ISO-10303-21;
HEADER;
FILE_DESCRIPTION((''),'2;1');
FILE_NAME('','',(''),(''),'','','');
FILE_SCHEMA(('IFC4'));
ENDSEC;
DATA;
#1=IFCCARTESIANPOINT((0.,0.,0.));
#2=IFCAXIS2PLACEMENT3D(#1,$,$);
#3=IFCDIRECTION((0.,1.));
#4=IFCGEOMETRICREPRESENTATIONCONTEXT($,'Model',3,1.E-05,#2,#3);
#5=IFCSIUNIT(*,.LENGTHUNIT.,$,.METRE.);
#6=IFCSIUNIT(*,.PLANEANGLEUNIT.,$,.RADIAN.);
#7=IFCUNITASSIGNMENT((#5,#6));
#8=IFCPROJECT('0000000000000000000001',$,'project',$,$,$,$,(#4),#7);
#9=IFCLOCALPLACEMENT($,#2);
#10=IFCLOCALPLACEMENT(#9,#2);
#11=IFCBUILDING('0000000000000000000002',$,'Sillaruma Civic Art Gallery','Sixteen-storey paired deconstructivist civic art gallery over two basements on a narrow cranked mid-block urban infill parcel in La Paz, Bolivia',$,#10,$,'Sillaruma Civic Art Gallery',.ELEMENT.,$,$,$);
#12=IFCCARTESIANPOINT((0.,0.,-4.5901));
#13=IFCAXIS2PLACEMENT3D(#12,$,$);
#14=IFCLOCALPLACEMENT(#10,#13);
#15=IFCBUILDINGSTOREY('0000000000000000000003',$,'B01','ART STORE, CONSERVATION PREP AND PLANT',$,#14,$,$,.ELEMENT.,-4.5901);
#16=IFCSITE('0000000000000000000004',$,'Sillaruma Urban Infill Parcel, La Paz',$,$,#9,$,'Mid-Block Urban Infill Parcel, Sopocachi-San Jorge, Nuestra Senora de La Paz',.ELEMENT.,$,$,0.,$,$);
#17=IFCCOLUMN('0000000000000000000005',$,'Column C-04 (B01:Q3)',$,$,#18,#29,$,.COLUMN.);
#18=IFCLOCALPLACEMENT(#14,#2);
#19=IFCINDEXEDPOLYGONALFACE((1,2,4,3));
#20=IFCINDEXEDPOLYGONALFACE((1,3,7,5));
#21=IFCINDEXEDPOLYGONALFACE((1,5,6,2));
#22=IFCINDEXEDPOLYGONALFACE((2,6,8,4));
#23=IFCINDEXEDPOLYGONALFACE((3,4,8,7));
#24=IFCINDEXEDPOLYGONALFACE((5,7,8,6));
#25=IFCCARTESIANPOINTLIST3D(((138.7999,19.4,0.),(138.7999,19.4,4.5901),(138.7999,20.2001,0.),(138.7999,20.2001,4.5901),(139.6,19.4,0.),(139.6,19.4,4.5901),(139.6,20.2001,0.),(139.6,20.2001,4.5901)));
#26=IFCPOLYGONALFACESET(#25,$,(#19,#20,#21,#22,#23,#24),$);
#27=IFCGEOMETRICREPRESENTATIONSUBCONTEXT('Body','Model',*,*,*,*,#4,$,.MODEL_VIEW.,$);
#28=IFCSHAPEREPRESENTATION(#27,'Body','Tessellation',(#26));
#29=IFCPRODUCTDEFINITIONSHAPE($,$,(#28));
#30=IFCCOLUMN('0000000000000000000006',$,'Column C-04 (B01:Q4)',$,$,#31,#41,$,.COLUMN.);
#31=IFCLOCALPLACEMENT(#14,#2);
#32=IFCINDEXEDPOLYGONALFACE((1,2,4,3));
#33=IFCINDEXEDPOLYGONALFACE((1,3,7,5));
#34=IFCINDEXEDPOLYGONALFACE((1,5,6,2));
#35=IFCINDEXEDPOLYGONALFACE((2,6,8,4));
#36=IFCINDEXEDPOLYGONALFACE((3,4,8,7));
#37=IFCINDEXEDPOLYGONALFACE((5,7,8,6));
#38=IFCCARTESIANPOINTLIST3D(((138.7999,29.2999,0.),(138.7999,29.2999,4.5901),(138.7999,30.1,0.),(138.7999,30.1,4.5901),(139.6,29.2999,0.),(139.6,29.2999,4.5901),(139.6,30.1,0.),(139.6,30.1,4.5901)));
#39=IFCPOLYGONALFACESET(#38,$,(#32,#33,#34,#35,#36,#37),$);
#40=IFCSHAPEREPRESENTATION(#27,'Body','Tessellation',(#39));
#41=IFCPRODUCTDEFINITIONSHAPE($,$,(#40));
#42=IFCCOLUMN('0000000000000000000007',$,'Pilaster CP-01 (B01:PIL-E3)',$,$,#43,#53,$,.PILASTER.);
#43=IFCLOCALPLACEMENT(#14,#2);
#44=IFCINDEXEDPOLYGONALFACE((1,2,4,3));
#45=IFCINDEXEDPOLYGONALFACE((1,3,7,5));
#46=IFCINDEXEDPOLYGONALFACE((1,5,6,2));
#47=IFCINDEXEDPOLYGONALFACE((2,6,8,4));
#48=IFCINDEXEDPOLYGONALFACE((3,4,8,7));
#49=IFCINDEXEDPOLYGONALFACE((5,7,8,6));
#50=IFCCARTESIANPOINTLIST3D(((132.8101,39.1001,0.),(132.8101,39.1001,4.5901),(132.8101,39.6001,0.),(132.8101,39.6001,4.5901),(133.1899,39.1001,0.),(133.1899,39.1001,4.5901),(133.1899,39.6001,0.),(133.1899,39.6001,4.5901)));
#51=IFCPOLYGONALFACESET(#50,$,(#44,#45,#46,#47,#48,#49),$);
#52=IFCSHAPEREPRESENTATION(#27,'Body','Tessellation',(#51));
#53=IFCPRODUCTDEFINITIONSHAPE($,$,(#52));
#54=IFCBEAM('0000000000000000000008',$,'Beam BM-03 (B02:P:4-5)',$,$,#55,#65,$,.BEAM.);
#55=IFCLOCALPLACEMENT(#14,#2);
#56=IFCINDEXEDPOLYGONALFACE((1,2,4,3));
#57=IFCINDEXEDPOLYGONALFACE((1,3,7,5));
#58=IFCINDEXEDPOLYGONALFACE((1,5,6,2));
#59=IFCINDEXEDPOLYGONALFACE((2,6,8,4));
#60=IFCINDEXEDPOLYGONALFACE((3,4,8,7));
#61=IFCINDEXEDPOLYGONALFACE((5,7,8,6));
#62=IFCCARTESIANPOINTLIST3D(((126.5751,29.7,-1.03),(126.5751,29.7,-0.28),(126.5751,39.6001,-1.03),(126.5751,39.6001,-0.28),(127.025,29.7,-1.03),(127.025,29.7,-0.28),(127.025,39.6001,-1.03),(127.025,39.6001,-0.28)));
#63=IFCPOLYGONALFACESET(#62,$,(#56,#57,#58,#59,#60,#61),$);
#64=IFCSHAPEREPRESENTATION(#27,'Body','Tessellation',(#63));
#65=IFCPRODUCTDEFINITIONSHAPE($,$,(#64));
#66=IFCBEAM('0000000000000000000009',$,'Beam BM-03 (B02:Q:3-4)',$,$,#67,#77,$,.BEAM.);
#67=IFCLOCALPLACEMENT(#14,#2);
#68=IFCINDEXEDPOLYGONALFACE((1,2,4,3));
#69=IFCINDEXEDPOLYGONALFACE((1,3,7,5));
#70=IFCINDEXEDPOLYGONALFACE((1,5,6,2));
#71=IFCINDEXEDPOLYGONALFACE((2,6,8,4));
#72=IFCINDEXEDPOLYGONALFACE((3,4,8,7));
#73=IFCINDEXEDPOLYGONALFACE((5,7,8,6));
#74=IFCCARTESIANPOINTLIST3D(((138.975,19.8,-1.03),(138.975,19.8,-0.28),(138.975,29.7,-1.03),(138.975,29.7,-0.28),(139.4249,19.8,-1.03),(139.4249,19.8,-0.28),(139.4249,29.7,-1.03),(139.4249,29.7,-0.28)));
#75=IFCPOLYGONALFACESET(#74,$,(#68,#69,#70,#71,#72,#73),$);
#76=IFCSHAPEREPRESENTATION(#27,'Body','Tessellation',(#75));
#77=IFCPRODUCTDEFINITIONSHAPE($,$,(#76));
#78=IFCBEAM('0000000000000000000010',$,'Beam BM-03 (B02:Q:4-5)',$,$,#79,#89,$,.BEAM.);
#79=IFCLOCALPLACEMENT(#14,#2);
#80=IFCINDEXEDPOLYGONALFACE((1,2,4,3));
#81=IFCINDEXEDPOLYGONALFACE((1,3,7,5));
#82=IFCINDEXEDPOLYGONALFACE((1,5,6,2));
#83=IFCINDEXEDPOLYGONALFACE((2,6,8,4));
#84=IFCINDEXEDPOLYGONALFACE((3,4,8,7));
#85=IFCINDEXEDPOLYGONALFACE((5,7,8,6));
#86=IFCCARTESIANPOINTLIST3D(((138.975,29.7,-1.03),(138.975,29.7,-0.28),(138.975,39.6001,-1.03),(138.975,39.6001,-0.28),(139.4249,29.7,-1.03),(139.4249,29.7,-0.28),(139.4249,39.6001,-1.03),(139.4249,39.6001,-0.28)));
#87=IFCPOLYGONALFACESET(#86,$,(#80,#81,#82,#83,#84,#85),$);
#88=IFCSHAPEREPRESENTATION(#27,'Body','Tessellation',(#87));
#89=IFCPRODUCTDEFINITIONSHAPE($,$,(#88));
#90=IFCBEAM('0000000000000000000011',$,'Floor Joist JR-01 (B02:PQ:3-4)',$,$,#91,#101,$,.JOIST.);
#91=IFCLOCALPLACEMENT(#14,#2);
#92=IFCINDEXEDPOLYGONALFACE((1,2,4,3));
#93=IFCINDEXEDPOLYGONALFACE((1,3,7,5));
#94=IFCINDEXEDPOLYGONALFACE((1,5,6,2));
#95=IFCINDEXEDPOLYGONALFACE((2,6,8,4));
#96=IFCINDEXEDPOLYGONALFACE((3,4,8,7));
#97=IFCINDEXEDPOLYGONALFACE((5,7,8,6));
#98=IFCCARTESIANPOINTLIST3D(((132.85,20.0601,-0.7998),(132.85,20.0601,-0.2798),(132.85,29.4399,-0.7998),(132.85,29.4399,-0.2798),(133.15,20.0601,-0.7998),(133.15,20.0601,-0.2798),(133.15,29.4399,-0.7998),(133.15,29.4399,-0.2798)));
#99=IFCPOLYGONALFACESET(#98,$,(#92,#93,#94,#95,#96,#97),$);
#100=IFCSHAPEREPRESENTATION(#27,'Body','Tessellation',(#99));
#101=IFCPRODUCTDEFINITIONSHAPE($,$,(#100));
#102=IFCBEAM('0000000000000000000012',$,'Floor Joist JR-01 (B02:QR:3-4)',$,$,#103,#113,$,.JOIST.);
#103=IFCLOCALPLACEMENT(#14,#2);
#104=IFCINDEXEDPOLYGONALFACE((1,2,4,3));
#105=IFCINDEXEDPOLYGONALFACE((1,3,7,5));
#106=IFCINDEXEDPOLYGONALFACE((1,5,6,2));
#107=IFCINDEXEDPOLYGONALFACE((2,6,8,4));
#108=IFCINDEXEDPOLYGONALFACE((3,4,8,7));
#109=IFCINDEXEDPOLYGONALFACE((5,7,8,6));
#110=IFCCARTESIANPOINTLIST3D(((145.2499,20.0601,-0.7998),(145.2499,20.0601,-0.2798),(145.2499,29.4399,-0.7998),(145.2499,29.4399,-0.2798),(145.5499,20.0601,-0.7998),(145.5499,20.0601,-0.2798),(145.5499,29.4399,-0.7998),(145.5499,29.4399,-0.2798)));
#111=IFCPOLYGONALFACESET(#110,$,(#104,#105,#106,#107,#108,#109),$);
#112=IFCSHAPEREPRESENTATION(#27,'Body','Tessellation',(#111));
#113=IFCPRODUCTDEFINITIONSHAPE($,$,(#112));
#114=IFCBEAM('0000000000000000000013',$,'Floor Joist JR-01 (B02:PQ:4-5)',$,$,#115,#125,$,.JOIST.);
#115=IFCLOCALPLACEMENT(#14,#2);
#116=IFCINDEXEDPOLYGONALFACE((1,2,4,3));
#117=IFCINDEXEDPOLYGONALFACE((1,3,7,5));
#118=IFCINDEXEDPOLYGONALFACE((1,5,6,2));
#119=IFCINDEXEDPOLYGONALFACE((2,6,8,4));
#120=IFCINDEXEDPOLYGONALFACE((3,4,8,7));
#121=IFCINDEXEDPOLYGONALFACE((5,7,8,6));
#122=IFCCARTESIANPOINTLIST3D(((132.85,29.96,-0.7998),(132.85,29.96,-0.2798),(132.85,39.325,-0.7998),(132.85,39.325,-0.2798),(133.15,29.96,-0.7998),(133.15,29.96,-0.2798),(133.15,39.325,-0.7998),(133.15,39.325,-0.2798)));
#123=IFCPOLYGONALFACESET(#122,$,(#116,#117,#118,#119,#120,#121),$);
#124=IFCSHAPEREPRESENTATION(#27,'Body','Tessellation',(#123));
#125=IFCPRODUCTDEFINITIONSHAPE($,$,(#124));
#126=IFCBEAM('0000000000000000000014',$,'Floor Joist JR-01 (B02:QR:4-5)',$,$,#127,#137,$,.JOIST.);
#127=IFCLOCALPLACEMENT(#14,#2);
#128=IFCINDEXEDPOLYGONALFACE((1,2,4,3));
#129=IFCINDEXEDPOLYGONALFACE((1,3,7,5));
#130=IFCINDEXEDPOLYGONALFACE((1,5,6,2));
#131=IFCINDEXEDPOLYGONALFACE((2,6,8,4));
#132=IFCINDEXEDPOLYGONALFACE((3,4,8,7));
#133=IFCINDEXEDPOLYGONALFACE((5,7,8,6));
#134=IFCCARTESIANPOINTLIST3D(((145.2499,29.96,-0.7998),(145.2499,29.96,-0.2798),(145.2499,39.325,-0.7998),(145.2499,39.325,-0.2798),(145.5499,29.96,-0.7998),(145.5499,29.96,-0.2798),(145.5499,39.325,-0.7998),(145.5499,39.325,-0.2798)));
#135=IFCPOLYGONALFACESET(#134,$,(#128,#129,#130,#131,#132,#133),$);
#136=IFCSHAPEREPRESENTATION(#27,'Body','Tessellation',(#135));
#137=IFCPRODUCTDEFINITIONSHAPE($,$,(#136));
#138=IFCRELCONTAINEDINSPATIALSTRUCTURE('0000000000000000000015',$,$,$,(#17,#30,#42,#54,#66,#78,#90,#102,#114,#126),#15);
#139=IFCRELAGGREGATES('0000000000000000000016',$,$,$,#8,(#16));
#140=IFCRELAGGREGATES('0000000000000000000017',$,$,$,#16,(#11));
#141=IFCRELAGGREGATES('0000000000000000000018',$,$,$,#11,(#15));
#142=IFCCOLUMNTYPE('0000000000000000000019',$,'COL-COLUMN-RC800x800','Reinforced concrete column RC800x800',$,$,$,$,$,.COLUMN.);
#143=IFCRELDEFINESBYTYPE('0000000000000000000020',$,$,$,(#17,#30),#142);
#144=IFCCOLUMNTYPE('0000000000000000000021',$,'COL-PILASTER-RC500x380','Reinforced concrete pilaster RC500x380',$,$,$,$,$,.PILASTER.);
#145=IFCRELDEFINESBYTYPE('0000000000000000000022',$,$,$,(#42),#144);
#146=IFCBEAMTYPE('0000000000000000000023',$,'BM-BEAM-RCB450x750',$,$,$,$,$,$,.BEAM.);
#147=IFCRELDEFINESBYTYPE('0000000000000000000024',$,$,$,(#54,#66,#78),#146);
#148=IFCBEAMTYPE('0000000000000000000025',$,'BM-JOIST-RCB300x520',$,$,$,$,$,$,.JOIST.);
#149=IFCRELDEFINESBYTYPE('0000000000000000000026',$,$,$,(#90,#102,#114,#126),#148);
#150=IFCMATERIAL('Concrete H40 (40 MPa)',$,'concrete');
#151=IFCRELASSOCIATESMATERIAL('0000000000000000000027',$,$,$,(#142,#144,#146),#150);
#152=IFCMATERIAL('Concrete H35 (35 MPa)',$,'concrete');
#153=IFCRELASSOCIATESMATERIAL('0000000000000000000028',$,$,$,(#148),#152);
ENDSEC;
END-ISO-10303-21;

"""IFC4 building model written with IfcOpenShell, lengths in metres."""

from ifc_helpers import new_model, si_unit, direction, frame, origin, origin_2d, place, context, subcontext, project, spatial, rectangle, extrude, material, material_profile, profile_set, type_object, element, save


model = new_model("IFC4")

# Units and contexts
model_context = context("Model", 3, precision=1e-05, world=origin(), true_north=direction((0.0, 1.0)))
body_context = subcontext(model_context, "Body", "Model", "MODEL_VIEW")
ifc_project = project(units=[si_unit("LENGTHUNIT", "METRE"), si_unit("PLANEANGLEUNIT", "RADIAN")], contexts=[model_context])

# Site, building, storey
site_placement = place(None, origin())
site = spatial("IfcSite", under=ifc_project, at=site_placement, Name="Sillaruma Urban Infill Parcel, La Paz", LongName="Mid-Block Urban Infill Parcel, Sopocachi-San Jorge, Nuestra Senora de La Paz", CompositionType="ELEMENT", RefElevation=0.0)
building_placement = place(site_placement, origin())
building = spatial("IfcBuilding", under=site, at=building_placement, Name="Sillaruma Civic Art Gallery", Description="Sixteen-storey paired deconstructivist civic art gallery over two basements on a narrow cranked mid-block urban infill parcel in La Paz, Bolivia", LongName="Sillaruma Civic Art Gallery", CompositionType="ELEMENT")
storey_placement = place(building_placement, frame((0.0, 0.0, -4.5901)))
storey = spatial("IfcBuildingStorey", under=building, at=storey_placement, Name="B01", Description="ART STORE, CONSERVATION PREP AND PLANT", CompositionType="ELEMENT", Elevation=-4.5901)

# Columns
ifc_material_1 = material(Name="Concrete H40 (40 MPa)", Category="concrete")
ifc_material_profile_1 = material_profile(ifc_material_1, rectangle(XDim=0.8, YDim=0.8, at=origin_2d()), Name="RC800x800")
ifc_profile_set_1 = profile_set([ifc_material_profile_1], Name="Concrete H40 (40 MPa)")
column_type_1 = type_object("IfcColumnType", Name="COL-COLUMN-RC800x800", Description="Reinforced concrete column RC800x800", PredefinedType="COLUMN", material=ifc_profile_set_1)
for number, where, z_axis, x_axis, name in (
    (1, (139.2, 19.8, 0.0), (0.0, 0.0, 1.0), (1.0, 0.0, 0.0), "Column C-04 (B01:Q3)"),
    (2, (139.2, 29.7, 0.0), (0.0, 0.0, 1.0), (1.0, 0.0, 0.0), "Column C-04 (B01:Q4)"),
):
    element("IfcColumn", number, at=place(storey_placement, frame(where, z_axis=z_axis, x_axis=x_axis)), inside=storey, type_object=column_type_1, Name=name, PredefinedType="COLUMN", context=body_context, shape_type="SweptSolid", body=[
        extrude(rectangle(XDim=0.8, YDim=0.8, at=origin_2d()), origin(), (0.0, 0.0, 1.0), 4.5901),
    ])
ifc_material_profile_2 = material_profile(ifc_material_1, rectangle(XDim=0.3799, YDim=0.5, at=origin_2d()), Name="RC500x380")
ifc_profile_set_2 = profile_set([ifc_material_profile_2], Name="Concrete H40 (40 MPa)")
column_type_2 = type_object("IfcColumnType", Name="COL-PILASTER-RC500x380", Description="Reinforced concrete pilaster RC500x380", PredefinedType="PILASTER", material=ifc_profile_set_2)
column_placement = place(storey_placement, frame((133.0, 39.3501, 0.0), z_axis=(0.0, 0.0, 1.0), x_axis=(1.0, 0.0, 0.0)))
element("IfcColumn", 3, at=column_placement, inside=storey, type_object=column_type_2, Name="Pilaster CP-01 (B01:PIL-E3)", PredefinedType="PILASTER", context=body_context, shape_type="SweptSolid", body=[
    extrude(rectangle(XDim=0.3799, YDim=0.5, at=origin_2d()), origin(), (0.0, 0.0, 1.0), 4.5901),
])

# Beams
ifc_material_profile_3 = material_profile(ifc_material_1, rectangle(XDim=0.45, YDim=0.75, at=origin_2d()), Name="RCB450x750")
ifc_profile_set_3 = profile_set([ifc_material_profile_3], Name="Concrete H40 (40 MPa)")
beam_type_1 = type_object("IfcBeamType", Name="BM-BEAM-RCB450x750", PredefinedType="BEAM", material=ifc_profile_set_3)
beam_1_placement = place(storey_placement, frame((126.8, 29.7, -0.655), z_axis=(0.0, 1.0, 0.0), x_axis=(-1.0, 0.0, 0.0)))
element("IfcBeam", 4, at=beam_1_placement, inside=storey, type_object=beam_type_1, Name="Beam BM-03 (B02:P:4-5)", PredefinedType="BEAM", context=body_context, shape_type="SweptSolid", body=[
    extrude(rectangle(XDim=0.45, YDim=0.75, at=origin_2d()), origin(), (0.0, 0.0, 1.0), 9.9001),
])
beam_2_placement = place(storey_placement, frame((139.2, 19.8, -0.655), z_axis=(0.0, 1.0, 0.0), x_axis=(-1.0, 0.0, 0.0)))
element("IfcBeam", 5, at=beam_2_placement, inside=storey, type_object=beam_type_1, Name="Beam BM-03 (B02:Q:3-4)", PredefinedType="BEAM", context=body_context, shape_type="SweptSolid", body=[
    extrude(rectangle(XDim=0.45, YDim=0.75, at=origin_2d()), origin(), (0.0, 0.0, 1.0), 9.8999),
])
beam_3_placement = place(storey_placement, frame((139.2, 29.7, -0.655), z_axis=(0.0, 1.0, 0.0), x_axis=(-1.0, 0.0, 0.0)))
element("IfcBeam", 6, at=beam_3_placement, inside=storey, type_object=beam_type_1, Name="Beam BM-03 (B02:Q:4-5)", PredefinedType="BEAM", context=body_context, shape_type="SweptSolid", body=[
    extrude(rectangle(XDim=0.45, YDim=0.75, at=origin_2d()), origin(), (0.0, 0.0, 1.0), 9.9001),
])
ifc_material_2 = material(Name="Concrete H35 (35 MPa)", Category="concrete")
ifc_material_profile_4 = material_profile(ifc_material_2, rectangle(XDim=0.3, YDim=0.52, at=origin_2d()), Name="RCB300x520")
ifc_profile_set_4 = profile_set([ifc_material_profile_4], Name="Concrete H35 (35 MPa)")
beam_type_2 = type_object("IfcBeamType", Name="BM-JOIST-RCB300x520", PredefinedType="JOIST", material=ifc_profile_set_4)
for number, where, z_axis, x_axis, name in (
    (7, (133.0, 20.0601, -0.5398), (0.0, 1.0, 0.0), (-1.0, 0.0, 0.0), "Floor Joist JR-01 (B02:PQ:3-4)"),
    (8, (145.3999, 20.0601, -0.5398), (0.0, 1.0, 0.0), (-1.0, 0.0, 0.0), "Floor Joist JR-01 (B02:QR:3-4)"),
):
    element("IfcBeam", number, at=place(storey_placement, frame(where, z_axis=z_axis, x_axis=x_axis)), inside=storey, type_object=beam_type_2, Name=name, PredefinedType="JOIST", context=body_context, shape_type="SweptSolid", body=[
        extrude(rectangle(XDim=0.3, YDim=0.52, at=origin_2d()), origin(), (0.0, 0.0, 1.0), 9.3799),
    ])
for number, where, z_axis, x_axis, name in (
    (9, (133.0, 29.96, -0.5398), (0.0, 1.0, 0.0), (-1.0, 0.0, 0.0), "Floor Joist JR-01 (B02:PQ:4-5)"),
    (10, (145.3999, 29.96, -0.5398), (0.0, 1.0, 0.0), (-1.0, 0.0, 0.0), "Floor Joist JR-01 (B02:QR:4-5)"),
):
    element("IfcBeam", number, at=place(storey_placement, frame(where, z_axis=z_axis, x_axis=x_axis)), inside=storey, type_object=beam_type_2, Name=name, PredefinedType="JOIST", context=body_context, shape_type="SweptSolid", body=[
        extrude(rectangle(XDim=0.3, YDim=0.52, at=origin_2d()), origin(), (0.0, 0.0, 1.0), 9.365),
    ])

save(model, "model.ifc")
